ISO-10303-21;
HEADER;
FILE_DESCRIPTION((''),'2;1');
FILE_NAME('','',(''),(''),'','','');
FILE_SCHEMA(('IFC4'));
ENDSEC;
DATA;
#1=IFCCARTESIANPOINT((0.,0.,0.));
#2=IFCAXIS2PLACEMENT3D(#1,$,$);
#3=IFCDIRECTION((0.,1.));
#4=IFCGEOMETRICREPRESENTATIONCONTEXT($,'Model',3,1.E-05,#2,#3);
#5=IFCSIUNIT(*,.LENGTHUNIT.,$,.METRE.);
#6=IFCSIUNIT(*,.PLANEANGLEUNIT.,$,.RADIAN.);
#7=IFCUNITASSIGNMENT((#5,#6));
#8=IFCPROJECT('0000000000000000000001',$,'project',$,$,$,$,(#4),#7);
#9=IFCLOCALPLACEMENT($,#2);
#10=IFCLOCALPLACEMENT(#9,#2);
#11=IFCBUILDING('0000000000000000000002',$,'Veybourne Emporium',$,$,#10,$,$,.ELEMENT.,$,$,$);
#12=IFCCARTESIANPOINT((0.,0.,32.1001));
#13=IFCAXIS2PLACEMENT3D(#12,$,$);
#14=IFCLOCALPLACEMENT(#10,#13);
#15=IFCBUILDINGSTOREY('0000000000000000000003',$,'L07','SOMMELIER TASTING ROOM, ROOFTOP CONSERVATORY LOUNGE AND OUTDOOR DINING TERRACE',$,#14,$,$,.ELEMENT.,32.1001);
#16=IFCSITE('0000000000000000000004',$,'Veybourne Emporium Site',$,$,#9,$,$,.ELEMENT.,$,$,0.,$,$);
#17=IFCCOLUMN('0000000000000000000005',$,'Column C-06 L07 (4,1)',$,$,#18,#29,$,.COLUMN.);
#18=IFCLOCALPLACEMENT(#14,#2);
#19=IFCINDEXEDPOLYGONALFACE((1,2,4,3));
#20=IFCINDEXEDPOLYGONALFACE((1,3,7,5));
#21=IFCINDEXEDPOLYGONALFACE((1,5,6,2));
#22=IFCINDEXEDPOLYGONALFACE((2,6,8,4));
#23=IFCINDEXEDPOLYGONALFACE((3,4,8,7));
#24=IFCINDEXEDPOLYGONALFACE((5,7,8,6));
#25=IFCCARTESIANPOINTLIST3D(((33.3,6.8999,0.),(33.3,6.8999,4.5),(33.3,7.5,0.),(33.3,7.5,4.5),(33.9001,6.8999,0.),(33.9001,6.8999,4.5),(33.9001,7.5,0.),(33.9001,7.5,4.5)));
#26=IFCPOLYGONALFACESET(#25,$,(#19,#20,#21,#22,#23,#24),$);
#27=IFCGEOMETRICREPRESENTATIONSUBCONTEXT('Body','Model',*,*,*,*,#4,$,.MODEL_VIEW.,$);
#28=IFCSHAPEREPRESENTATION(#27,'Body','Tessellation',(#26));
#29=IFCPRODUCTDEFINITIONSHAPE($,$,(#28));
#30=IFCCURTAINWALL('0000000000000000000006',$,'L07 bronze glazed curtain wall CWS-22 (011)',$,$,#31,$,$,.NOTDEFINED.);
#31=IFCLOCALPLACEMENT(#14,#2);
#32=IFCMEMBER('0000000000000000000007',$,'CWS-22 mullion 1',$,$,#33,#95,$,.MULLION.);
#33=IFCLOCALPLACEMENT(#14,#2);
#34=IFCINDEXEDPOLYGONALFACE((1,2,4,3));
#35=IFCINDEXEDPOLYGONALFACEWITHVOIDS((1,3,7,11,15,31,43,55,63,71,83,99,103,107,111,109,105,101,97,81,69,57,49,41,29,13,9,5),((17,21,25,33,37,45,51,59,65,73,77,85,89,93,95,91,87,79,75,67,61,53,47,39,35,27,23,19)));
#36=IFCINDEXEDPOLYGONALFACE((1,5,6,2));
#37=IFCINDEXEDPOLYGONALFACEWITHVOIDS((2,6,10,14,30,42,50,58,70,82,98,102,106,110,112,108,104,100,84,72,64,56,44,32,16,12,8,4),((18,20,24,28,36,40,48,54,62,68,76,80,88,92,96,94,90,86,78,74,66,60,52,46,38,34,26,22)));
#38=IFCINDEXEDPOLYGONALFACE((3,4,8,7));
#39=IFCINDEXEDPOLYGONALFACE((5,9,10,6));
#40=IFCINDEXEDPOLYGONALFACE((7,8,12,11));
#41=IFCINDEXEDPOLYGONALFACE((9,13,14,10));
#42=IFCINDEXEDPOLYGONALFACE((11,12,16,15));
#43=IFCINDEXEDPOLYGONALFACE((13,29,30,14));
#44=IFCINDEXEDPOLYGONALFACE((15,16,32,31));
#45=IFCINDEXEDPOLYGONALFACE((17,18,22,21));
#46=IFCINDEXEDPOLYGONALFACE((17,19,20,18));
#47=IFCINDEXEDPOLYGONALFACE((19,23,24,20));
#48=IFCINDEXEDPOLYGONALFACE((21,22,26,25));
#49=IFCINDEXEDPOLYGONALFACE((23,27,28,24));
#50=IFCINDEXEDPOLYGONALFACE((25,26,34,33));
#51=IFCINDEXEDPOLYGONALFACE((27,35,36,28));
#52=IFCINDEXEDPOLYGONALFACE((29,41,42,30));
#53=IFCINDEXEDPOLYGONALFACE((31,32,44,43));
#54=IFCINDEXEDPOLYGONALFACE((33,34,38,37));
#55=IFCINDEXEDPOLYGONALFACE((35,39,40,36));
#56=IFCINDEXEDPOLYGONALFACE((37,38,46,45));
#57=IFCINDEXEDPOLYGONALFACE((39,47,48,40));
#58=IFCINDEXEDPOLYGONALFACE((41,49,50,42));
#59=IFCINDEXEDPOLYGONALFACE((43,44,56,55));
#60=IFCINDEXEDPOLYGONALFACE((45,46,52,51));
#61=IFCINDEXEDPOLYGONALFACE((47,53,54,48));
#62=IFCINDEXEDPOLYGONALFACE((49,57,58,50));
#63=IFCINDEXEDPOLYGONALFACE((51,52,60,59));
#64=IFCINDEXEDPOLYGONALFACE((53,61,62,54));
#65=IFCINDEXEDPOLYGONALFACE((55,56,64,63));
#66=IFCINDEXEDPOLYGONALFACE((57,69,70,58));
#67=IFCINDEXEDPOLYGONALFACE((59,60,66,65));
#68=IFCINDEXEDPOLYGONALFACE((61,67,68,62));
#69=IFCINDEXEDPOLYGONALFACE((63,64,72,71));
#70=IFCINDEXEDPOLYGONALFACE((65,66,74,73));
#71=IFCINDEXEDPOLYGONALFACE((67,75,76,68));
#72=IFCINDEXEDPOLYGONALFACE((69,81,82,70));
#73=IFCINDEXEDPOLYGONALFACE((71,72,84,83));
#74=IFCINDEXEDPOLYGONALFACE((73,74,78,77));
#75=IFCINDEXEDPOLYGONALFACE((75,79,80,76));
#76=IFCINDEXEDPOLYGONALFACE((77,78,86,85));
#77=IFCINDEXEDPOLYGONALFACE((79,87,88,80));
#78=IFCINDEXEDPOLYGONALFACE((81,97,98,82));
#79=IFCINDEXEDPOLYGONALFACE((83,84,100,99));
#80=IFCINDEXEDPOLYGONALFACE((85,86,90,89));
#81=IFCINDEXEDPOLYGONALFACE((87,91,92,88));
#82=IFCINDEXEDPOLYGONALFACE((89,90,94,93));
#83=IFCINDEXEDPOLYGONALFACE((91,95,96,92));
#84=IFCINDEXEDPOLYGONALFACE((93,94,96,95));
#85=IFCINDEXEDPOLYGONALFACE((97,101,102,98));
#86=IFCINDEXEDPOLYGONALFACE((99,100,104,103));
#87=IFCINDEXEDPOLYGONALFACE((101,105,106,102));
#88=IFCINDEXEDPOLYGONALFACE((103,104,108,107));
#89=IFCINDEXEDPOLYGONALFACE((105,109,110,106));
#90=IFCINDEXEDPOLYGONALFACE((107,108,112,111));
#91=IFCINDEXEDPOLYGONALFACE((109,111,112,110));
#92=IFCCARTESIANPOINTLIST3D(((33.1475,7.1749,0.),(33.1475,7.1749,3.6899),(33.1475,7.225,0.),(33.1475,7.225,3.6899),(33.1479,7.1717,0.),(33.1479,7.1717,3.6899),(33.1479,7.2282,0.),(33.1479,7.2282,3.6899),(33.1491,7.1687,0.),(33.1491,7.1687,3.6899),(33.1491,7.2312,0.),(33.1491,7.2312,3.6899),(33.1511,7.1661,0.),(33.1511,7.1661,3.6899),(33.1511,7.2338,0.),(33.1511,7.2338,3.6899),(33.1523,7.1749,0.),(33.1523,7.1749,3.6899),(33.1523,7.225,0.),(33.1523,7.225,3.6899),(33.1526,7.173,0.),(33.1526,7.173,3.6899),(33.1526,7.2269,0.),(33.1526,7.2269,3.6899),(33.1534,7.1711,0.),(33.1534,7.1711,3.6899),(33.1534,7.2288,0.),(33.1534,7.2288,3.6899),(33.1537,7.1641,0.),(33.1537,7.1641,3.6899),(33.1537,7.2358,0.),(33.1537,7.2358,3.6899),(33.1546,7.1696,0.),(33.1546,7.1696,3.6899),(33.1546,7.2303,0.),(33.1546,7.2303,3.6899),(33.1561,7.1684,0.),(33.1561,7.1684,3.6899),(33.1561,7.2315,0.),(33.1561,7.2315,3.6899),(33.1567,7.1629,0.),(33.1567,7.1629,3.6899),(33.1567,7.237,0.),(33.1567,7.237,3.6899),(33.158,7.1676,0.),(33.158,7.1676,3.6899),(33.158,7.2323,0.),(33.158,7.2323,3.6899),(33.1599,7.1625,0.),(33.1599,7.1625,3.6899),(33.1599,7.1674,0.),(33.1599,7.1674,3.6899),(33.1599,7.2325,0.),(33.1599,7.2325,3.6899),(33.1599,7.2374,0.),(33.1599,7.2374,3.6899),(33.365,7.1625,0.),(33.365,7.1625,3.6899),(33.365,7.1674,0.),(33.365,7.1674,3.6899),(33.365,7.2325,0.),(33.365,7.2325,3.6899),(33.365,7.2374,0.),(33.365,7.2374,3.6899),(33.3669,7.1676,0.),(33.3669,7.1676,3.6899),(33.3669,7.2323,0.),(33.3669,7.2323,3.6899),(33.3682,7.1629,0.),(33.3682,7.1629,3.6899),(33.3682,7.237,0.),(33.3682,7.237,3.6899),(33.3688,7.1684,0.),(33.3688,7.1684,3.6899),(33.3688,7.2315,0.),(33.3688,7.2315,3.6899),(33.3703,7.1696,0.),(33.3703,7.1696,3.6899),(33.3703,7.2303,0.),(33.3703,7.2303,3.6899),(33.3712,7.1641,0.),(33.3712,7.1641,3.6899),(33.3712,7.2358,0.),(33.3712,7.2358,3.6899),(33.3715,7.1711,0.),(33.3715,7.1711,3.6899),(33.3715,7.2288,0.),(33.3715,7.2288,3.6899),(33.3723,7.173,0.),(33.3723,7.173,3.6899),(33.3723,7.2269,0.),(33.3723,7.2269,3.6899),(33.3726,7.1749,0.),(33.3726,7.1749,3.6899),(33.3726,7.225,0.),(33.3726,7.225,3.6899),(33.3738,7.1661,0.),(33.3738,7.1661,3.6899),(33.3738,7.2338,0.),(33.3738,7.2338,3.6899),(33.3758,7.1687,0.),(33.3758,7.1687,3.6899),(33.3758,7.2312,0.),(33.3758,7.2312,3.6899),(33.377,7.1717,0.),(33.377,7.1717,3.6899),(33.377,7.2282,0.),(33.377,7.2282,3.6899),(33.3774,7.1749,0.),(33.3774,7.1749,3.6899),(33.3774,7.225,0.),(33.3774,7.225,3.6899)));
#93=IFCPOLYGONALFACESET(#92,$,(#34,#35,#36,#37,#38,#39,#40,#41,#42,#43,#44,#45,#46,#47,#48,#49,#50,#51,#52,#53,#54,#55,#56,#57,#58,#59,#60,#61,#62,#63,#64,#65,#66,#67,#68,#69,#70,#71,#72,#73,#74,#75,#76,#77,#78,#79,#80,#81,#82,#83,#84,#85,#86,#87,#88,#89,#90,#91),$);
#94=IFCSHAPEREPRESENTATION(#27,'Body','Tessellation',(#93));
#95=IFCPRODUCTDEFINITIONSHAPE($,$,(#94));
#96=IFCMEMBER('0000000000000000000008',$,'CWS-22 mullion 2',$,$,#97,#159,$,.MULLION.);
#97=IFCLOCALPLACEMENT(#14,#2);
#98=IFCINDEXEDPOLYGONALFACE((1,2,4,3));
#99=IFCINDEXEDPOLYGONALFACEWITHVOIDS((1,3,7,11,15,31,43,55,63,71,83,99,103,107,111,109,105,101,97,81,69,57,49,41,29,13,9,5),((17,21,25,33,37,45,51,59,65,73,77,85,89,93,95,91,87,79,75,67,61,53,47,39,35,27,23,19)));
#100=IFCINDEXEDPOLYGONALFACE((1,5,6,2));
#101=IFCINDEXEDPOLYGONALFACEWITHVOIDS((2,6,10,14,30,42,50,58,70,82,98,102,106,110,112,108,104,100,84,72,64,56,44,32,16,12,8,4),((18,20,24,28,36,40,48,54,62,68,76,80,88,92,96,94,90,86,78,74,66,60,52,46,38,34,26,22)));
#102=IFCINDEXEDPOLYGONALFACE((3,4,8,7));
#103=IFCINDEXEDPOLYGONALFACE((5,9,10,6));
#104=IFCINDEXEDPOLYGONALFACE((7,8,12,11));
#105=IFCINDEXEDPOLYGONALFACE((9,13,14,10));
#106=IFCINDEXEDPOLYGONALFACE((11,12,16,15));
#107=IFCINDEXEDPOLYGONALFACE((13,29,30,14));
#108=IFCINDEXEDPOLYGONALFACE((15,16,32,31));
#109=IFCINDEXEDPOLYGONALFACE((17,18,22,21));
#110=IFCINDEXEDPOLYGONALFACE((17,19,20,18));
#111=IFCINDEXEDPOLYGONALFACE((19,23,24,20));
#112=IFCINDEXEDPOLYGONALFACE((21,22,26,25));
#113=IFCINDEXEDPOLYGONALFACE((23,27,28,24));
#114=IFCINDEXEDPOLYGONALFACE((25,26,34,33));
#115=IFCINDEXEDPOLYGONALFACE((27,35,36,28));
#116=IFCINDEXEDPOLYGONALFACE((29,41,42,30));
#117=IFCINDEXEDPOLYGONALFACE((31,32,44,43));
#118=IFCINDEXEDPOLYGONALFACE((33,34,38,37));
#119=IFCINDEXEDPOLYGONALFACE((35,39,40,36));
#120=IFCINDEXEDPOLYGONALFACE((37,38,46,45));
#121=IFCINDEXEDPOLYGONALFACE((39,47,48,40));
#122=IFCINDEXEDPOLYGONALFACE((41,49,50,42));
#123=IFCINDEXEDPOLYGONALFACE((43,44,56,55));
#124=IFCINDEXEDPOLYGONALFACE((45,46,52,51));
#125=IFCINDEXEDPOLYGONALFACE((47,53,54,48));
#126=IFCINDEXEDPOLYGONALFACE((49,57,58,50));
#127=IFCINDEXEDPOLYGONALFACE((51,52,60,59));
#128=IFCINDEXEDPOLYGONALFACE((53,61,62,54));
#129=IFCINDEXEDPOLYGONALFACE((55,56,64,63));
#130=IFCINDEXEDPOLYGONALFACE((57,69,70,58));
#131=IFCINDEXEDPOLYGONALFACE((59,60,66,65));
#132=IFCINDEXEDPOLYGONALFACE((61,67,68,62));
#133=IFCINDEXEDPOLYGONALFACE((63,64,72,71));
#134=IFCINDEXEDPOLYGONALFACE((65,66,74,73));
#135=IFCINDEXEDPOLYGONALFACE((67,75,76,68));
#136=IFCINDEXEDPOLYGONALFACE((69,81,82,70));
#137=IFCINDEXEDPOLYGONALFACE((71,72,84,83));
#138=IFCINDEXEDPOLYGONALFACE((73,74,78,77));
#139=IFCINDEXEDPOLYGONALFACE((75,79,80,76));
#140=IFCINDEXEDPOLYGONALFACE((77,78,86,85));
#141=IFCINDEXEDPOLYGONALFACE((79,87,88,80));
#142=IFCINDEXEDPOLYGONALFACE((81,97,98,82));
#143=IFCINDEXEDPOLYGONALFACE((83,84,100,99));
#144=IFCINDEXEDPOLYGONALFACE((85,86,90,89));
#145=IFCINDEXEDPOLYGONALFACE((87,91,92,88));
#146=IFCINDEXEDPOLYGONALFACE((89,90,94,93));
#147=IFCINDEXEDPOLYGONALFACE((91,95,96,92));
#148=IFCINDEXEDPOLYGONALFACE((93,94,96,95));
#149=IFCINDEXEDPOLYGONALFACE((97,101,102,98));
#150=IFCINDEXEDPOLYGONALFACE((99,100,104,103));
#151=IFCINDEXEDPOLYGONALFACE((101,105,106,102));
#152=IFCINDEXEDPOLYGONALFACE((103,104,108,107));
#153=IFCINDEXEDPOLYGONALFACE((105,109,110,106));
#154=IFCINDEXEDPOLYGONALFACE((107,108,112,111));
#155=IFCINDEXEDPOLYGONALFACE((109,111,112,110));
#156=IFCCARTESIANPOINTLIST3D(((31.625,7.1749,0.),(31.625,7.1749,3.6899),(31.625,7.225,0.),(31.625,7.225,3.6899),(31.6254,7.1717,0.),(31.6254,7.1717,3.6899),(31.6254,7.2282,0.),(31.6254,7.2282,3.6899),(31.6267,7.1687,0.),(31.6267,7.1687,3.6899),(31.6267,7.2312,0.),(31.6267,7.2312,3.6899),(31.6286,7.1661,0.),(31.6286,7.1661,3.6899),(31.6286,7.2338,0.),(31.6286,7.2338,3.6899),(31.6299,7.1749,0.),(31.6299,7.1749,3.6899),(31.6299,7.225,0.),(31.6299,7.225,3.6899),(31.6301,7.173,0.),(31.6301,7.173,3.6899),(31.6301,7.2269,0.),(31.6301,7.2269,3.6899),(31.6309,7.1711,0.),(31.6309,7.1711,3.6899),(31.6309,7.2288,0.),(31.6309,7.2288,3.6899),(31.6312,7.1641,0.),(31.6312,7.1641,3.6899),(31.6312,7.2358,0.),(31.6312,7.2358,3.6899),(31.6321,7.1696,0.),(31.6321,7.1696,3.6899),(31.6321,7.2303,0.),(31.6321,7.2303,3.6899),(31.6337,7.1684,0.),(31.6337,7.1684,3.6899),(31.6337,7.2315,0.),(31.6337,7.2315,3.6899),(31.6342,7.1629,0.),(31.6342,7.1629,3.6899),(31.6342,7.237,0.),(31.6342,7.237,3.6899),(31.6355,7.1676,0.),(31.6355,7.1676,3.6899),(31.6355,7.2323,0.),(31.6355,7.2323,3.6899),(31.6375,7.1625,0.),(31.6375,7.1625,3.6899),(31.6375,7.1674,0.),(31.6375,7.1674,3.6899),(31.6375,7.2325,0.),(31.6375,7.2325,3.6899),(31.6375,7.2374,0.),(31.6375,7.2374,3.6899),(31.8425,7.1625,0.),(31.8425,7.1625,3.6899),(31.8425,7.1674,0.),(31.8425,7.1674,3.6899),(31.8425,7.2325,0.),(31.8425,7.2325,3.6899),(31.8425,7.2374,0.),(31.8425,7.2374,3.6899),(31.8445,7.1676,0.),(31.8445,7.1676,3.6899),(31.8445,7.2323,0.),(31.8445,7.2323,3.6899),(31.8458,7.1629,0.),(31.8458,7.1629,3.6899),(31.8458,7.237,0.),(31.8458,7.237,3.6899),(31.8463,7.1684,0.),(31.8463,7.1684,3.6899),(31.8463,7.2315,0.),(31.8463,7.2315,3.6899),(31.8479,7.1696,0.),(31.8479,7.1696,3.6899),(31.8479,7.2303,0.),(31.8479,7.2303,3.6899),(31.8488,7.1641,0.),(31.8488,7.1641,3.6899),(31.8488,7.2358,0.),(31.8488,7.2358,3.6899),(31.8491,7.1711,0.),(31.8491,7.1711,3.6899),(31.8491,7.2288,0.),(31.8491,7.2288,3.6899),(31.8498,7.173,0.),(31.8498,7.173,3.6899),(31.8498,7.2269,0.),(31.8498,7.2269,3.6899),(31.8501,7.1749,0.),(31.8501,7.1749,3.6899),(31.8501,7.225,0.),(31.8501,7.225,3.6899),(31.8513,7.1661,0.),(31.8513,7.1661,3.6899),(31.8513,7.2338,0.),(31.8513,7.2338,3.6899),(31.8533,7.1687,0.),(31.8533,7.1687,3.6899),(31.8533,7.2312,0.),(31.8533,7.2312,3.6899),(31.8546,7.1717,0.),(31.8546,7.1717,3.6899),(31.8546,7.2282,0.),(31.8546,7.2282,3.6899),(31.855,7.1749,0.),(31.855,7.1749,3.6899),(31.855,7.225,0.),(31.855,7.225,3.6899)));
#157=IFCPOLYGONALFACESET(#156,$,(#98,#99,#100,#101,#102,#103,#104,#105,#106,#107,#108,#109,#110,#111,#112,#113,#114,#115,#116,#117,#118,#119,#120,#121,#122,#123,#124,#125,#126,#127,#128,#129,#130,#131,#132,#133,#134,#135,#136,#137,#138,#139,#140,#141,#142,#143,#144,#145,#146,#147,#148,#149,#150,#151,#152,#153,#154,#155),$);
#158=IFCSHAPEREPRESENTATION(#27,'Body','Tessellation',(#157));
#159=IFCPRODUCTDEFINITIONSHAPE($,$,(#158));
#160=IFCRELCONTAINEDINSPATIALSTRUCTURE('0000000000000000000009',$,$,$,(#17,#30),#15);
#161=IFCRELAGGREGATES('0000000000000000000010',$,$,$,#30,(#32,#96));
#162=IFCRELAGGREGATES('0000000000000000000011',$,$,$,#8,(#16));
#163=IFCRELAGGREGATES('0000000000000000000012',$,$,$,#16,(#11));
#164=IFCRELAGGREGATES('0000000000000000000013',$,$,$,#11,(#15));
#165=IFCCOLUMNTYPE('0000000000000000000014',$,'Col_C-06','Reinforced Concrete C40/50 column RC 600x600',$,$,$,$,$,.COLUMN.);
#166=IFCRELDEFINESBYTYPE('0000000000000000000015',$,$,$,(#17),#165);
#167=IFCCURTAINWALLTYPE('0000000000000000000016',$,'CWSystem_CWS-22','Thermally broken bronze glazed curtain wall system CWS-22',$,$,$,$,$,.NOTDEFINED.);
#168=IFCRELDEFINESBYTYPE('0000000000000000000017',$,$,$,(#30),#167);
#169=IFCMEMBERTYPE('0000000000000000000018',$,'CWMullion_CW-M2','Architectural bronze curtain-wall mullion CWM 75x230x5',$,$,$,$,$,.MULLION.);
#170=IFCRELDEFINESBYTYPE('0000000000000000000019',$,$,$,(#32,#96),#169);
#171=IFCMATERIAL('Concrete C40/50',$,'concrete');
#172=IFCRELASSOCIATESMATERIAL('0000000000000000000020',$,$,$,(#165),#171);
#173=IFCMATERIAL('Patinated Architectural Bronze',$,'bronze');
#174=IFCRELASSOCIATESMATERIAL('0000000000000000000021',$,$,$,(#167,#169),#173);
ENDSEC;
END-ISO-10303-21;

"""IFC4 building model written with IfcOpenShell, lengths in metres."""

from ifc_helpers import new_model, si_unit, direction, frame, origin, origin_2d, place, context, subcontext, project, spatial, rectangle, hollow_rectangle, extrude, material, material_profile, profile_set, type_object, element, aggregate, save


model = new_model("IFC4")

# Units and contexts
model_context = context("Model", 3, precision=1e-05, world=origin(), true_north=direction((0.0, 1.0)))
body_context = subcontext(model_context, "Body", "Model", "MODEL_VIEW")
ifc_project = project(units=[si_unit("LENGTHUNIT", "METRE"), si_unit("PLANEANGLEUNIT", "RADIAN")], contexts=[model_context])

# Site, building, storey
site_placement = place(None, origin())
site = spatial("IfcSite", under=ifc_project, at=site_placement, Name="Veybourne Emporium Site", CompositionType="ELEMENT", RefElevation=0.0)
building_placement = place(site_placement, origin())
building = spatial("IfcBuilding", under=site, at=building_placement, Name="Veybourne Emporium", CompositionType="ELEMENT")
storey_placement = place(building_placement, frame((0.0, 0.0, 32.1001)))
storey = spatial("IfcBuildingStorey", under=building, at=storey_placement, Name="L07", Description="SOMMELIER TASTING ROOM, ROOFTOP CONSERVATORY LOUNGE AND OUTDOOR DINING TERRACE", CompositionType="ELEMENT", Elevation=32.1001)

# Column
ifc_material_1 = material(Name="Concrete C40/50", Category="concrete")
ifc_material_profile_1 = material_profile(ifc_material_1, rectangle(XDim=0.6001, YDim=0.6001, at=origin_2d()), Name="RC 600x600")
ifc_profile_set_1 = profile_set([ifc_material_profile_1], Name="Concrete C40/50")
column_type = type_object("IfcColumnType", Name="Col_C-06", Description="Reinforced Concrete C40/50 column RC 600x600", PredefinedType="COLUMN", material=ifc_profile_set_1)
column_placement = place(storey_placement, frame((33.6001, 7.2, 0.0), z_axis=(0.0, 0.0, 1.0), x_axis=(1.0, 0.0, 0.0)))
element("IfcColumn", 1, at=column_placement, inside=storey, type_object=column_type, Name="Column C-06 L07 (4,1)", PredefinedType="COLUMN", context=body_context, shape_type="SweptSolid", body=[
    extrude(rectangle(XDim=0.6001, YDim=0.6001, at=origin_2d()), origin(), (0.0, 0.0, 1.0), 4.5),
])

# Curtain wall, members
ifc_material_2 = material(Name="Patinated Architectural Bronze", Category="bronze")
curtain_wall_type = type_object("IfcCurtainWallType", Name="CWSystem_CWS-22", Description="Thermally broken bronze glazed curtain wall system CWS-22", PredefinedType="NOTDEFINED", material=ifc_material_2)
curtain_wall_placement = place(storey_placement, origin())
curtain_wall = element("IfcCurtainWall", 2, at=curtain_wall_placement, inside=storey, type_object=curtain_wall_type, Name="L07 bronze glazed curtain wall CWS-22 (011)", PredefinedType="NOTDEFINED")
ifc_material_profile_2 = material_profile(ifc_material_2, hollow_rectangle(XDim=0.075, YDim=0.23, WallThickness=0.0049, InnerFilletRadius=0.0076, OuterFilletRadius=0.0125, at=origin_2d()), Name="CWM 75x230x5")
ifc_profile_set_2 = profile_set([ifc_material_profile_2], Name="Patinated Architectural Bronze")
member_type_1 = type_object("IfcMemberType", Name="CWMullion_CW-M2", Description="Architectural bronze curtain-wall mullion CWM 75x230x5", PredefinedType="MULLION", material=ifc_profile_set_2)
member_1_placement = place(storey_placement, frame((33.2625, 7.2, 0.0), z_axis=(0.0, 0.0, 1.0), x_axis=(0.0, -1.0, 0.0)))
member_1 = element("IfcMember", 3, at=member_1_placement, type_object=member_type_1, Name="CWS-22 mullion 1", PredefinedType="MULLION", context=body_context, shape_type="SweptSolid", body=[
    extrude(hollow_rectangle(XDim=0.075, YDim=0.23, WallThickness=0.0049, InnerFilletRadius=0.0076, OuterFilletRadius=0.0125, at=origin_2d()), origin(), (0.0, 0.0, 1.0), 3.6899),
])
member_2_placement = place(storey_placement, frame((31.74, 7.2, 0.0), z_axis=(0.0, 0.0, 1.0), x_axis=(0.0, -1.0, 0.0)))
member_2 = element("IfcMember", 4, at=member_2_placement, type_object=member_type_1, Name="CWS-22 mullion 2", PredefinedType="MULLION", context=body_context, shape_type="SweptSolid", body=[
    extrude(hollow_rectangle(XDim=0.075, YDim=0.23, WallThickness=0.0049, InnerFilletRadius=0.0076, OuterFilletRadius=0.0125, at=origin_2d()), origin(), (0.0, 0.0, 1.0), 3.6899),
])

aggregate(curtain_wall, [member_1, member_2])

save(model, "model.ifc")
